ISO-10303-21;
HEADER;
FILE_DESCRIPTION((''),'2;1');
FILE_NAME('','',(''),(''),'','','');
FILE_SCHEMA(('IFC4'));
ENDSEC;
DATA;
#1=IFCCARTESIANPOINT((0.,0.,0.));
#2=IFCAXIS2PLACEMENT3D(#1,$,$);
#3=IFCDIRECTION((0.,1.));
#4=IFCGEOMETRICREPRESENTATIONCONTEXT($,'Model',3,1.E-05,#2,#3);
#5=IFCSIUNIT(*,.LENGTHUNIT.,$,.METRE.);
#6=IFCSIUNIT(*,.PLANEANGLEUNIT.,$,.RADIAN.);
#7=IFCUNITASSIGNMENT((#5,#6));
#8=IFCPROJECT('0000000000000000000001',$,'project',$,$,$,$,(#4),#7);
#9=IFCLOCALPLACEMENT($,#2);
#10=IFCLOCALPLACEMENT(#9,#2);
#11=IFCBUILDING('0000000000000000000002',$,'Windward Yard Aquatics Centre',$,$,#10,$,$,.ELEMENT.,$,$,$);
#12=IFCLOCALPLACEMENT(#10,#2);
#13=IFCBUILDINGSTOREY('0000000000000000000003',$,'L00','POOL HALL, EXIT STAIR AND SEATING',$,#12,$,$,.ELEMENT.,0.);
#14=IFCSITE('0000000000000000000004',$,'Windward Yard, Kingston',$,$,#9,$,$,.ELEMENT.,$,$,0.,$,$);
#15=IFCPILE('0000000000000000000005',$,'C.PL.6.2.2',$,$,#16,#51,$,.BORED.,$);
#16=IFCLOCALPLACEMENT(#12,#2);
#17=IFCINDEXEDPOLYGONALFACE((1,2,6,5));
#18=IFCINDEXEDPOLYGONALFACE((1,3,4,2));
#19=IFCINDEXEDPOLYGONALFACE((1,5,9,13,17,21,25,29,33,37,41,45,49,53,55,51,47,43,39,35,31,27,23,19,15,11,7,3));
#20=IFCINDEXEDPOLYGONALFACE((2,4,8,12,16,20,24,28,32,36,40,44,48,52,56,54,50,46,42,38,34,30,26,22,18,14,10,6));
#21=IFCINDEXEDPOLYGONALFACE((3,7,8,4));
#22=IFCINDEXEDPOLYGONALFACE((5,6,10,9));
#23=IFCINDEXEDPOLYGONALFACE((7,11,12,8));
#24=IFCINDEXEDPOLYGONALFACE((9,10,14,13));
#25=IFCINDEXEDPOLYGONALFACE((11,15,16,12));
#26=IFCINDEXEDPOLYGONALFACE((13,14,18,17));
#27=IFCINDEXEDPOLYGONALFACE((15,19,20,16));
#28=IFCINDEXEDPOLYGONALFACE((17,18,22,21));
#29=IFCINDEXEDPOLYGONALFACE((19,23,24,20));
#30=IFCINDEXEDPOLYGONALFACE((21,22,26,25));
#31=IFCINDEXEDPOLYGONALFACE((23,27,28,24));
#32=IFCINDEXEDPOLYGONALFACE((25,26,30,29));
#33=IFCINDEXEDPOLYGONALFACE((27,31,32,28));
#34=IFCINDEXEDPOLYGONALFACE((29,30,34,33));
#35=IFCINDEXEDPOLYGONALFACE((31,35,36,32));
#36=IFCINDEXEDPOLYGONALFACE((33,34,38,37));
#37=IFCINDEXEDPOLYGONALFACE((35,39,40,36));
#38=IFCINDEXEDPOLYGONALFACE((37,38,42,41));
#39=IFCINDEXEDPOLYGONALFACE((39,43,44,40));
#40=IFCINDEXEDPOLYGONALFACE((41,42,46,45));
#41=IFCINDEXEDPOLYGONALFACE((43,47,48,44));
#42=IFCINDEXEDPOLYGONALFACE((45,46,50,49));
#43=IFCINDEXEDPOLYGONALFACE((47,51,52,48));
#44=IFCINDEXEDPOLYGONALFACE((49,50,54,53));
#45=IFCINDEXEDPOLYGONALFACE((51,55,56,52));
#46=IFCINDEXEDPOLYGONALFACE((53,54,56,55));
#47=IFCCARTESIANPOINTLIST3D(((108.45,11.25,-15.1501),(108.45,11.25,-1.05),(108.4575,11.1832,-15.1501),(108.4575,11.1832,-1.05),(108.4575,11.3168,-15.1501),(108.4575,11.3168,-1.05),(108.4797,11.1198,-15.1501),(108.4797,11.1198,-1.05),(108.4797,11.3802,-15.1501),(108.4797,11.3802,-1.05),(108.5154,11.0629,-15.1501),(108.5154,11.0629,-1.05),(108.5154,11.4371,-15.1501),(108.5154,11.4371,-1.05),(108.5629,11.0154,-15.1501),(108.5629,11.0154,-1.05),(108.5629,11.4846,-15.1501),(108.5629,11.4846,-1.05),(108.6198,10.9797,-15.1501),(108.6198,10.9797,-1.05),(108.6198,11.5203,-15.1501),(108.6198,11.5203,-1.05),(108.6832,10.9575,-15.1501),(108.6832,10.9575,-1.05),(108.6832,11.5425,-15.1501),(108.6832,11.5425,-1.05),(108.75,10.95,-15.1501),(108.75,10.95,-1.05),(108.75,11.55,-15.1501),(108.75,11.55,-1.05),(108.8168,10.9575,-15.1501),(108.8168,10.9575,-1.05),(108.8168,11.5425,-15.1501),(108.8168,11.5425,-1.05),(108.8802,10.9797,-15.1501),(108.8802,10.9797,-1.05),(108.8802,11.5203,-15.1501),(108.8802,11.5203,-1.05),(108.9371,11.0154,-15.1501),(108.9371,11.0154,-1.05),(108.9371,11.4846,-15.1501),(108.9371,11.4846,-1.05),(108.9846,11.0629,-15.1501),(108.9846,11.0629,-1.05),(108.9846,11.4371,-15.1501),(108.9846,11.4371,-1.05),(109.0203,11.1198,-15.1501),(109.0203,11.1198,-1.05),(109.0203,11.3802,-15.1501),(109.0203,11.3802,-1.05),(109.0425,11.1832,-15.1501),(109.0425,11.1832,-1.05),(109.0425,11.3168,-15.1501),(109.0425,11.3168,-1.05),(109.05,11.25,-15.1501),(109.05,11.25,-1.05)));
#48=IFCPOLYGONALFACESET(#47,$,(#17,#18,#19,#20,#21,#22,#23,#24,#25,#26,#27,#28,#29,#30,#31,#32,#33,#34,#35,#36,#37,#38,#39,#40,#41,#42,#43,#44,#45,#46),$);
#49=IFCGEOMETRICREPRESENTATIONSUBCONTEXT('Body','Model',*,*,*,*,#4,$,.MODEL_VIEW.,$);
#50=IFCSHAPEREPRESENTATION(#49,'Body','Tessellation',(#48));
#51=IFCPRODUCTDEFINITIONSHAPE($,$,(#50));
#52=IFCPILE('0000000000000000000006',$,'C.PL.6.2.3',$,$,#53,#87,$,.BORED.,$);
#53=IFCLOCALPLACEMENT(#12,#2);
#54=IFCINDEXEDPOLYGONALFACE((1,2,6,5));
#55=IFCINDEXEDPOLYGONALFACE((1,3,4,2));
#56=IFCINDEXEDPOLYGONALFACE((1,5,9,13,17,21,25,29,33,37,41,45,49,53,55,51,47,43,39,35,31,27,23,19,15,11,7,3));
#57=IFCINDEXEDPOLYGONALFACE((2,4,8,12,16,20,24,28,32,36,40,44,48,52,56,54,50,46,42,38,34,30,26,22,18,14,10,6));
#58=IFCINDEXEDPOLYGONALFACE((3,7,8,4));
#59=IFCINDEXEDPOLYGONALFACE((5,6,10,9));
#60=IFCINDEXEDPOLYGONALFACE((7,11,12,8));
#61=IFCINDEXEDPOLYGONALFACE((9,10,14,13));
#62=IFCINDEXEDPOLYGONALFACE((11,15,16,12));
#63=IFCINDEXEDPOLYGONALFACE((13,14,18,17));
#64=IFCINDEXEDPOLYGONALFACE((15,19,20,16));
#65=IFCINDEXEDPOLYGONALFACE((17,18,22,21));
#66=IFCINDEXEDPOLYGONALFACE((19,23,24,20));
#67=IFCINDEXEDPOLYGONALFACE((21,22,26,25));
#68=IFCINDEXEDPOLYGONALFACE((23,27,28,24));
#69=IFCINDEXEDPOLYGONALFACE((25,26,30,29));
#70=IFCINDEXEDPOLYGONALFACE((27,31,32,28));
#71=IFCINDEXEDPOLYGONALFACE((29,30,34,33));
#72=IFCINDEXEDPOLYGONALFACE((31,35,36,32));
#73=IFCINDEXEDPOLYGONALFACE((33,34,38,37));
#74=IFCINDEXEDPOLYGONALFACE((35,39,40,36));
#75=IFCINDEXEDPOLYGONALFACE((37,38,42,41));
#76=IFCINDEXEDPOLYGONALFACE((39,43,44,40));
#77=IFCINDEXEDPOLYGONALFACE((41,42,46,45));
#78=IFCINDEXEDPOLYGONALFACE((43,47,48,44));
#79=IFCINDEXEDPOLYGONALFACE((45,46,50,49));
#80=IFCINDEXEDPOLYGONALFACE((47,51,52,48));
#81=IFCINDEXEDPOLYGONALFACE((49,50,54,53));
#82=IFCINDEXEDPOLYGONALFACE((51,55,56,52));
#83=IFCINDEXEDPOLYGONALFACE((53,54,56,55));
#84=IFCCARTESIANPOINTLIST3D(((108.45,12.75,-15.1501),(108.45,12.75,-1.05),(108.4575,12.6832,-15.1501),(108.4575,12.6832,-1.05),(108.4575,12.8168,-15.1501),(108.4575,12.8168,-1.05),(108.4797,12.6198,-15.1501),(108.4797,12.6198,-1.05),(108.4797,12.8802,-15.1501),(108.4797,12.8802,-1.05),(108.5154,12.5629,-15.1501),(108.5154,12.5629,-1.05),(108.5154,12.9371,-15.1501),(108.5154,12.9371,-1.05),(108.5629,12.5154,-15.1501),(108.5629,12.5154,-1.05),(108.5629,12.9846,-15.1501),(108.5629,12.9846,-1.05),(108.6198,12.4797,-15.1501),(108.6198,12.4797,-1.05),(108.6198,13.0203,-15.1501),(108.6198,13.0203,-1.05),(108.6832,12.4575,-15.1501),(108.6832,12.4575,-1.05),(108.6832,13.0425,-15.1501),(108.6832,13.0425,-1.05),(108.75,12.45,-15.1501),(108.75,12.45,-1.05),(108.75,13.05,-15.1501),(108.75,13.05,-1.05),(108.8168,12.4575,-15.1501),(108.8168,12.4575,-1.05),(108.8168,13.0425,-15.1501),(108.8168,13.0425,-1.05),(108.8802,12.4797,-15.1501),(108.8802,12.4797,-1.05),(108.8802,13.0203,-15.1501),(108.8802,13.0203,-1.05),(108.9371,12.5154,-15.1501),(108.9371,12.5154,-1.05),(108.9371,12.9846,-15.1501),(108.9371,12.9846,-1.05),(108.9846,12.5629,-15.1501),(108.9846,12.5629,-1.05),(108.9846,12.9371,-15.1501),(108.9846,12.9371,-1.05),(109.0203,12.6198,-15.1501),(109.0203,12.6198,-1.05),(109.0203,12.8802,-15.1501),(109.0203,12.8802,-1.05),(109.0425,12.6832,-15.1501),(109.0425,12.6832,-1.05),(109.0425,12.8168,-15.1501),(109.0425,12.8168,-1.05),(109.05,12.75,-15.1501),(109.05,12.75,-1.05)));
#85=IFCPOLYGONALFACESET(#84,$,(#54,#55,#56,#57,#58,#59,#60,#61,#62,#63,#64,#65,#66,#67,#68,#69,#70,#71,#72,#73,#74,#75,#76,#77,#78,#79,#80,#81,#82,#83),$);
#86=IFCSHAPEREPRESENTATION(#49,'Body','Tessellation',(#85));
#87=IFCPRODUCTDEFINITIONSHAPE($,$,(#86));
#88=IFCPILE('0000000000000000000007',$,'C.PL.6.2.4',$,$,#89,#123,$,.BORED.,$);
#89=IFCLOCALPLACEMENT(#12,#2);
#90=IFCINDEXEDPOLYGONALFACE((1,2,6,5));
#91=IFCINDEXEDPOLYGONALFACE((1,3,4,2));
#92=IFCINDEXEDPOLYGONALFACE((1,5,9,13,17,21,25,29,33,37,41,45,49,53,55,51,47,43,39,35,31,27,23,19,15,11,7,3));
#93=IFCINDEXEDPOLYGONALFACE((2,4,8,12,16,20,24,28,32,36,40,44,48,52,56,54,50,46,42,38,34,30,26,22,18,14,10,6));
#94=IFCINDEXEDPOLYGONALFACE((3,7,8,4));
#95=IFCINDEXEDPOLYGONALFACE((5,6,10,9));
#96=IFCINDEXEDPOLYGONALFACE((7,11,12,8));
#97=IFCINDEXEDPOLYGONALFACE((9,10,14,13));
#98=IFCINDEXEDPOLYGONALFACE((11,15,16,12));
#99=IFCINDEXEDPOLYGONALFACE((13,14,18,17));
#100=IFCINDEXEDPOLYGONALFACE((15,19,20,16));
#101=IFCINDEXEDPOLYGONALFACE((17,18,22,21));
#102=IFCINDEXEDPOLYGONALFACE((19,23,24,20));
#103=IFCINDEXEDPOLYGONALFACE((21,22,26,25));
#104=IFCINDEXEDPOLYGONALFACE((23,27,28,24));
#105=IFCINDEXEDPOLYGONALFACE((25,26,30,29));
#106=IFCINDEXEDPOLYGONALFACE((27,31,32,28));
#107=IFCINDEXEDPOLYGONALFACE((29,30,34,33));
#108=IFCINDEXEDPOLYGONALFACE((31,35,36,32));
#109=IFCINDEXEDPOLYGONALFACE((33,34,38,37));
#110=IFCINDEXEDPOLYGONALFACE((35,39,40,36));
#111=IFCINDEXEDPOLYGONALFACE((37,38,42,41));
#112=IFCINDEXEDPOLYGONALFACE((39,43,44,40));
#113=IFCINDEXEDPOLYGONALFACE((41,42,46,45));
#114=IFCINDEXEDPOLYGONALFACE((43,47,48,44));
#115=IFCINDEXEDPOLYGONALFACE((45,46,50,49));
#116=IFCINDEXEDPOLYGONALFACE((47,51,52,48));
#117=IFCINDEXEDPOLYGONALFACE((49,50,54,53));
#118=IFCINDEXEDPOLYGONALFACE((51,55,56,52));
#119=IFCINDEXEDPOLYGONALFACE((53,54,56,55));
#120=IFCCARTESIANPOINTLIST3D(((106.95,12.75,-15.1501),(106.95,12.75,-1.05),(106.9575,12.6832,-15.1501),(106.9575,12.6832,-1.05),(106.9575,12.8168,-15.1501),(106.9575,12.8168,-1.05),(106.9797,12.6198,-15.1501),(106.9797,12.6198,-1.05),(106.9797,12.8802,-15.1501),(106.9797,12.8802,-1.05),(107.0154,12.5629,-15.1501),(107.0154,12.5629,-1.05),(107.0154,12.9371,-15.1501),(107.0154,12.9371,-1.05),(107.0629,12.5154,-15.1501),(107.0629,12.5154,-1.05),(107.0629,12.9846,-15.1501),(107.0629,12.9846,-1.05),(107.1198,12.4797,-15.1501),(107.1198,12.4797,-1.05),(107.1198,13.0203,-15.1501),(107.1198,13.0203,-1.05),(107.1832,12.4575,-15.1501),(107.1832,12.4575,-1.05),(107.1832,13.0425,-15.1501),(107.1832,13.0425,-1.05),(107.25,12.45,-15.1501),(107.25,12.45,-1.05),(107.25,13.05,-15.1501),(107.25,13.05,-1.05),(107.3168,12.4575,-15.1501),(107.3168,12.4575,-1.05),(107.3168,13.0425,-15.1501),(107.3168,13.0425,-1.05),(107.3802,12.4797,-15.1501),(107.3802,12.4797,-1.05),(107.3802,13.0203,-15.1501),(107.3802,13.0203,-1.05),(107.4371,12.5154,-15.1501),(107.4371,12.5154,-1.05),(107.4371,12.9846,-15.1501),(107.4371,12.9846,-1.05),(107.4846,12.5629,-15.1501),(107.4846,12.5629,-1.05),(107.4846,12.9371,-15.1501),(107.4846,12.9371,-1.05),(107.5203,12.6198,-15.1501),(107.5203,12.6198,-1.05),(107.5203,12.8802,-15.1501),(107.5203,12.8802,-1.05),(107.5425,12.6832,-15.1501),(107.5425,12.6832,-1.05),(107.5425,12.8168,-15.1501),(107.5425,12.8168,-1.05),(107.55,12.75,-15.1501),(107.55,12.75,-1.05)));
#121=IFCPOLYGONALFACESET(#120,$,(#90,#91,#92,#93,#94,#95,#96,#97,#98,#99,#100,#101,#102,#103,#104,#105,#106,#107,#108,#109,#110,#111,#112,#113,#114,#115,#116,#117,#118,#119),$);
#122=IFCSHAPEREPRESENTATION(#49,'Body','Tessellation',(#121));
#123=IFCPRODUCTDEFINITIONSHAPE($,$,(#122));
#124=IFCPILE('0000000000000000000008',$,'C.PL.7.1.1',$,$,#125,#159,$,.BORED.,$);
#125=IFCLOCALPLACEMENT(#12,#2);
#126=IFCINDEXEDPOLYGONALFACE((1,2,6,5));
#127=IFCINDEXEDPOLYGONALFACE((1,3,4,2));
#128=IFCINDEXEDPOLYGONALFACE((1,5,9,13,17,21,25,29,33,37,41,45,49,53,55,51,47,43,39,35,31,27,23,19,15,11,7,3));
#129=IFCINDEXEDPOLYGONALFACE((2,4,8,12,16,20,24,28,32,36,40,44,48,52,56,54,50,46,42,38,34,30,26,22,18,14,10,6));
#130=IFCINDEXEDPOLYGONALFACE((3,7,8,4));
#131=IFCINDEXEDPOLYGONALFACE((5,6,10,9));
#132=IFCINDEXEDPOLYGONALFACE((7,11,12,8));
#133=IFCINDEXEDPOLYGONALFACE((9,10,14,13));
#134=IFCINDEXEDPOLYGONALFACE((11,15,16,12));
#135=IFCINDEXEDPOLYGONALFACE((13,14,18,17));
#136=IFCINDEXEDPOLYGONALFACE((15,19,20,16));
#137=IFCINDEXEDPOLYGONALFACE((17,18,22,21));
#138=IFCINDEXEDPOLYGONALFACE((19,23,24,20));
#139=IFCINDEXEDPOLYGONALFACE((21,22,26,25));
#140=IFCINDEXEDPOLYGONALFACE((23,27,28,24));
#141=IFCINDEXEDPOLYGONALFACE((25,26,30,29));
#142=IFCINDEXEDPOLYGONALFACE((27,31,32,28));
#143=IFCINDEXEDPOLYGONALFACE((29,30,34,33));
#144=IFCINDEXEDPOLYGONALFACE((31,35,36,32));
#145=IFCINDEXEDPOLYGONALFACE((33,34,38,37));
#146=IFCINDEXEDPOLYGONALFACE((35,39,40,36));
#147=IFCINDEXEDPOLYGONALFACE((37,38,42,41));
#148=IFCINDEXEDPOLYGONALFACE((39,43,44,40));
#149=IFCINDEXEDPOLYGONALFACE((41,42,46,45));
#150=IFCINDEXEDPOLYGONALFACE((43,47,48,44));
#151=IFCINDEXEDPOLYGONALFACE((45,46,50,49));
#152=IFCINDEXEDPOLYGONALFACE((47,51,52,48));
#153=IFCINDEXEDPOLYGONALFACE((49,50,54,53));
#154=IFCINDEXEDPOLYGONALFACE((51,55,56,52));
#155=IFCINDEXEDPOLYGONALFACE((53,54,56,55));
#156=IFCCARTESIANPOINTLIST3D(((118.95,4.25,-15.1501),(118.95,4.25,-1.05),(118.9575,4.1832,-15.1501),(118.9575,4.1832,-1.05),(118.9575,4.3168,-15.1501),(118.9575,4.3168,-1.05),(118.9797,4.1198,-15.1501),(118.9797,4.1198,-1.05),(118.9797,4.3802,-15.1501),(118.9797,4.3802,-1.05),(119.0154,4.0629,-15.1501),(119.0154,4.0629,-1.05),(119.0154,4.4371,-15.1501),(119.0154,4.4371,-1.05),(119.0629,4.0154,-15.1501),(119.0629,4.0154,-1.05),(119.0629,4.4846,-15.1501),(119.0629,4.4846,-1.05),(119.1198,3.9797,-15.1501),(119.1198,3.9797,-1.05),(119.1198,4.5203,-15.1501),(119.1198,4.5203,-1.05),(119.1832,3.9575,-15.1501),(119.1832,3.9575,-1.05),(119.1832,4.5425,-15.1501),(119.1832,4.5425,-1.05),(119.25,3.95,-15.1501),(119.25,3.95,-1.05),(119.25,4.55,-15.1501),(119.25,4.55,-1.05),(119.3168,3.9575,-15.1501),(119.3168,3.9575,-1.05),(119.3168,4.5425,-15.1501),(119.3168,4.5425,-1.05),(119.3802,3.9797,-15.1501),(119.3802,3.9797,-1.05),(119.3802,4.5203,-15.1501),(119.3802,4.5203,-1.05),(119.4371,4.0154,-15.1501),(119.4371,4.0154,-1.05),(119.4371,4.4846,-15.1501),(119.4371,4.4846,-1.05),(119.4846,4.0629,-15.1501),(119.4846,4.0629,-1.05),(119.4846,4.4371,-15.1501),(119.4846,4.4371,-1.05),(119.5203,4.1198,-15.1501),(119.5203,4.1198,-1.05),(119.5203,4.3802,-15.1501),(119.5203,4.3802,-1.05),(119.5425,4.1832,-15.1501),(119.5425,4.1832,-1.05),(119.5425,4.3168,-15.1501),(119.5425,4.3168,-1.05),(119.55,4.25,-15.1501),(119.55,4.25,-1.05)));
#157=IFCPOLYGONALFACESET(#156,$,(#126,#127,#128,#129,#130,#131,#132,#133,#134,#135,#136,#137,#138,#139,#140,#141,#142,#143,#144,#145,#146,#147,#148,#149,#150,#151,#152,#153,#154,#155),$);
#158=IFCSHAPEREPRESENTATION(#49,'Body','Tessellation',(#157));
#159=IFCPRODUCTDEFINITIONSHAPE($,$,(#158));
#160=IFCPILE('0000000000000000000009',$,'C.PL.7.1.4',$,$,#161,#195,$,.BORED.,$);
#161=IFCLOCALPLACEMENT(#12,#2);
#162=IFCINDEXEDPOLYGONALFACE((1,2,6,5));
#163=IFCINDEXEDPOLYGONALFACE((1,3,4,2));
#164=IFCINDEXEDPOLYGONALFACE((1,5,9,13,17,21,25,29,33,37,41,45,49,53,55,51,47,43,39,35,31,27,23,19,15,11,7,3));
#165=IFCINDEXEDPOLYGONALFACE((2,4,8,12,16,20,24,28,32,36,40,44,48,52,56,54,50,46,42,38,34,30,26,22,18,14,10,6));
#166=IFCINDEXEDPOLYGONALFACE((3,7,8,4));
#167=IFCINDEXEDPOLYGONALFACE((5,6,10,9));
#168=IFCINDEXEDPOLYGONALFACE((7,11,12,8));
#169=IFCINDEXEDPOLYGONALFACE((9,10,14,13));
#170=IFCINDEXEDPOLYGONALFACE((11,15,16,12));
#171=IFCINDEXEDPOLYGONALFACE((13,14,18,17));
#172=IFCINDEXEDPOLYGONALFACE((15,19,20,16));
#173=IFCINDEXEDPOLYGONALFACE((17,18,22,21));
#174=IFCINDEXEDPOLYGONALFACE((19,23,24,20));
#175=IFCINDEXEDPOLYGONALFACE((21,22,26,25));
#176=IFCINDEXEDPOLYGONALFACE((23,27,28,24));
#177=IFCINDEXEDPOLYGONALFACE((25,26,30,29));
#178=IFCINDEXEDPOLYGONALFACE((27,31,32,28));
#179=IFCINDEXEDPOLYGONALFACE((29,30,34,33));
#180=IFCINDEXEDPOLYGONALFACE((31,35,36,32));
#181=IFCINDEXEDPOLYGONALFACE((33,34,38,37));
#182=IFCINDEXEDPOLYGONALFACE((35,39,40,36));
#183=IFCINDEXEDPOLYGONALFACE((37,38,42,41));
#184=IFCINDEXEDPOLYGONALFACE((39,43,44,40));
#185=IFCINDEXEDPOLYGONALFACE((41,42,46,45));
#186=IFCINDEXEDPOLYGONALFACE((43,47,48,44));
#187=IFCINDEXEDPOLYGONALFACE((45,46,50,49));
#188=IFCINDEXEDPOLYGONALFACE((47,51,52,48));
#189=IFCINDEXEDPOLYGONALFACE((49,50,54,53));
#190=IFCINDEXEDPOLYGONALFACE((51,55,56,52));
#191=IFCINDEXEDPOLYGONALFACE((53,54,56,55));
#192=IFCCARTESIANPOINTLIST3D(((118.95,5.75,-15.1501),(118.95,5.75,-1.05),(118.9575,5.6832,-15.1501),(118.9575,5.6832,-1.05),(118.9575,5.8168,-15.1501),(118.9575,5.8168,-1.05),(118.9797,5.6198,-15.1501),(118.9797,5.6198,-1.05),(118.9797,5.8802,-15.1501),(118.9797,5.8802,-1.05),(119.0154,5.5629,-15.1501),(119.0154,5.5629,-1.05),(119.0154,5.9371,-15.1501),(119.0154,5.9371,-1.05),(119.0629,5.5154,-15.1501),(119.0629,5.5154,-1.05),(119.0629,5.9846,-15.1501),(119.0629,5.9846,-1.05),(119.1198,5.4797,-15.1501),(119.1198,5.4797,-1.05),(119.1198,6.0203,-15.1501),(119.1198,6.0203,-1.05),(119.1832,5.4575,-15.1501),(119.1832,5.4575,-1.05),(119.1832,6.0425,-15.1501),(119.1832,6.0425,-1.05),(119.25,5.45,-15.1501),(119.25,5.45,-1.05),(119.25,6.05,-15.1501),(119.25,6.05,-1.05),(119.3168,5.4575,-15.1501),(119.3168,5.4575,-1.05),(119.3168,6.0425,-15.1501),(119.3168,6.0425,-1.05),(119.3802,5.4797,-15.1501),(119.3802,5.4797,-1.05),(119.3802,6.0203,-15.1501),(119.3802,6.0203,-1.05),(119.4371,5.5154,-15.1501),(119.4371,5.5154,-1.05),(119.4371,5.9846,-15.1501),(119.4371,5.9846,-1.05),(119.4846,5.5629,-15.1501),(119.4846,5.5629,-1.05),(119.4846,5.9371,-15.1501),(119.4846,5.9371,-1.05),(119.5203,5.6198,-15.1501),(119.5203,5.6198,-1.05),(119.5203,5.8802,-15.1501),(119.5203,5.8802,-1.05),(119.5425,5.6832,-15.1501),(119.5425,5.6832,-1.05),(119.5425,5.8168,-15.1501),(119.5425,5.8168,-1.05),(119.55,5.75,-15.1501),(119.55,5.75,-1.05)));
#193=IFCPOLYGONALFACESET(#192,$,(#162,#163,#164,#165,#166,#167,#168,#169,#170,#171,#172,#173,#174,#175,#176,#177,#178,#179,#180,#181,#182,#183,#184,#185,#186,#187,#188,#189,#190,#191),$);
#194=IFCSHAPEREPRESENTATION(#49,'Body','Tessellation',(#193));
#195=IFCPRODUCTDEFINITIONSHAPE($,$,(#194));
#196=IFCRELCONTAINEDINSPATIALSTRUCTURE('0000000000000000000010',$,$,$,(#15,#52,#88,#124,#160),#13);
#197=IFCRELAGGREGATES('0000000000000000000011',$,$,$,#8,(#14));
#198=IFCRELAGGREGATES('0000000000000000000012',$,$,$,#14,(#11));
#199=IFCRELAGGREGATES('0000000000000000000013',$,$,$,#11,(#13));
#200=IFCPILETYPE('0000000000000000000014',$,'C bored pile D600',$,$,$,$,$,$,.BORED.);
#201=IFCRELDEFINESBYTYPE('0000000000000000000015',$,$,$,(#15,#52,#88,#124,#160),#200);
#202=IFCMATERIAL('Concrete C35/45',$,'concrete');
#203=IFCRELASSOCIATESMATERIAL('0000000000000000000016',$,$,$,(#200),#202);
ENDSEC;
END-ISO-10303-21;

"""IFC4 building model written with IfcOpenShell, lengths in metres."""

from ifc_helpers import new_model, si_unit, direction, frame, origin, origin_2d, place, context, subcontext, project, spatial, circle, extrude, material, material_profile, profile_set, type_object, element, save


model = new_model("IFC4")

# Units and contexts
model_context = context("Model", 3, precision=1e-05, world=origin(), true_north=direction((0.0, 1.0)))
body_context = subcontext(model_context, "Body", "Model", "MODEL_VIEW")
ifc_project = project(units=[si_unit("LENGTHUNIT", "METRE"), si_unit("PLANEANGLEUNIT", "RADIAN")], contexts=[model_context])

# Site, building, storey
site_placement = place(None, origin())
site = spatial("IfcSite", under=ifc_project, at=site_placement, Name="Windward Yard, Kingston", CompositionType="ELEMENT", RefElevation=0.0)
building_placement = place(site_placement, origin())
building = spatial("IfcBuilding", under=site, at=building_placement, Name="Windward Yard Aquatics Centre", CompositionType="ELEMENT")
storey_placement = place(building_placement, origin())
storey = spatial("IfcBuildingStorey", under=building, at=storey_placement, Name="L00", Description="POOL HALL, EXIT STAIR AND SEATING", CompositionType="ELEMENT", Elevation=0.0)

# Piles
ifc_material_1 = material(Name="Concrete C35/45", Category="concrete")
ifc_material_profile_1 = material_profile(ifc_material_1, circle(Radius=0.3, at=origin_2d()), Name="RC D600")
ifc_profile_set_1 = profile_set([ifc_material_profile_1], Name="Concrete C35/45")
pile_type = type_object("IfcPileType", Name="C bored pile D600", PredefinedType="BORED", material=ifc_profile_set_1)
for number, where, z_axis, x_axis, name in (
    (1, (108.75, 11.25, -1.05), (0.0, 0.0, -1.0), (1.0, 0.0, 0.0), "C.PL.6.2.2"),
    (2, (108.75, 12.75, -1.05), (0.0, 0.0, -1.0), (1.0, 0.0, 0.0), "C.PL.6.2.3"),
    (3, (107.25, 12.75, -1.05), (0.0, 0.0, -1.0), (1.0, 0.0, 0.0), "C.PL.6.2.4"),
    (4, (119.25, 4.25, -1.05), (0.0, 0.0, -1.0), (1.0, 0.0, 0.0), "C.PL.7.1.1"),
    (5, (119.25, 5.75, -1.05), (0.0, 0.0, -1.0), (1.0, 0.0, 0.0), "C.PL.7.1.4"),
):
    element("IfcPile", number, at=place(storey_placement, frame(where, z_axis=z_axis, x_axis=x_axis)), inside=storey, type_object=pile_type, Name=name, PredefinedType="BORED", context=body_context, shape_type="SweptSolid", body=[
        extrude(circle(Radius=0.3, at=origin_2d()), origin(), (0.0, 0.0, 1.0), 14.1001),
    ])

save(model, "model.ifc")
